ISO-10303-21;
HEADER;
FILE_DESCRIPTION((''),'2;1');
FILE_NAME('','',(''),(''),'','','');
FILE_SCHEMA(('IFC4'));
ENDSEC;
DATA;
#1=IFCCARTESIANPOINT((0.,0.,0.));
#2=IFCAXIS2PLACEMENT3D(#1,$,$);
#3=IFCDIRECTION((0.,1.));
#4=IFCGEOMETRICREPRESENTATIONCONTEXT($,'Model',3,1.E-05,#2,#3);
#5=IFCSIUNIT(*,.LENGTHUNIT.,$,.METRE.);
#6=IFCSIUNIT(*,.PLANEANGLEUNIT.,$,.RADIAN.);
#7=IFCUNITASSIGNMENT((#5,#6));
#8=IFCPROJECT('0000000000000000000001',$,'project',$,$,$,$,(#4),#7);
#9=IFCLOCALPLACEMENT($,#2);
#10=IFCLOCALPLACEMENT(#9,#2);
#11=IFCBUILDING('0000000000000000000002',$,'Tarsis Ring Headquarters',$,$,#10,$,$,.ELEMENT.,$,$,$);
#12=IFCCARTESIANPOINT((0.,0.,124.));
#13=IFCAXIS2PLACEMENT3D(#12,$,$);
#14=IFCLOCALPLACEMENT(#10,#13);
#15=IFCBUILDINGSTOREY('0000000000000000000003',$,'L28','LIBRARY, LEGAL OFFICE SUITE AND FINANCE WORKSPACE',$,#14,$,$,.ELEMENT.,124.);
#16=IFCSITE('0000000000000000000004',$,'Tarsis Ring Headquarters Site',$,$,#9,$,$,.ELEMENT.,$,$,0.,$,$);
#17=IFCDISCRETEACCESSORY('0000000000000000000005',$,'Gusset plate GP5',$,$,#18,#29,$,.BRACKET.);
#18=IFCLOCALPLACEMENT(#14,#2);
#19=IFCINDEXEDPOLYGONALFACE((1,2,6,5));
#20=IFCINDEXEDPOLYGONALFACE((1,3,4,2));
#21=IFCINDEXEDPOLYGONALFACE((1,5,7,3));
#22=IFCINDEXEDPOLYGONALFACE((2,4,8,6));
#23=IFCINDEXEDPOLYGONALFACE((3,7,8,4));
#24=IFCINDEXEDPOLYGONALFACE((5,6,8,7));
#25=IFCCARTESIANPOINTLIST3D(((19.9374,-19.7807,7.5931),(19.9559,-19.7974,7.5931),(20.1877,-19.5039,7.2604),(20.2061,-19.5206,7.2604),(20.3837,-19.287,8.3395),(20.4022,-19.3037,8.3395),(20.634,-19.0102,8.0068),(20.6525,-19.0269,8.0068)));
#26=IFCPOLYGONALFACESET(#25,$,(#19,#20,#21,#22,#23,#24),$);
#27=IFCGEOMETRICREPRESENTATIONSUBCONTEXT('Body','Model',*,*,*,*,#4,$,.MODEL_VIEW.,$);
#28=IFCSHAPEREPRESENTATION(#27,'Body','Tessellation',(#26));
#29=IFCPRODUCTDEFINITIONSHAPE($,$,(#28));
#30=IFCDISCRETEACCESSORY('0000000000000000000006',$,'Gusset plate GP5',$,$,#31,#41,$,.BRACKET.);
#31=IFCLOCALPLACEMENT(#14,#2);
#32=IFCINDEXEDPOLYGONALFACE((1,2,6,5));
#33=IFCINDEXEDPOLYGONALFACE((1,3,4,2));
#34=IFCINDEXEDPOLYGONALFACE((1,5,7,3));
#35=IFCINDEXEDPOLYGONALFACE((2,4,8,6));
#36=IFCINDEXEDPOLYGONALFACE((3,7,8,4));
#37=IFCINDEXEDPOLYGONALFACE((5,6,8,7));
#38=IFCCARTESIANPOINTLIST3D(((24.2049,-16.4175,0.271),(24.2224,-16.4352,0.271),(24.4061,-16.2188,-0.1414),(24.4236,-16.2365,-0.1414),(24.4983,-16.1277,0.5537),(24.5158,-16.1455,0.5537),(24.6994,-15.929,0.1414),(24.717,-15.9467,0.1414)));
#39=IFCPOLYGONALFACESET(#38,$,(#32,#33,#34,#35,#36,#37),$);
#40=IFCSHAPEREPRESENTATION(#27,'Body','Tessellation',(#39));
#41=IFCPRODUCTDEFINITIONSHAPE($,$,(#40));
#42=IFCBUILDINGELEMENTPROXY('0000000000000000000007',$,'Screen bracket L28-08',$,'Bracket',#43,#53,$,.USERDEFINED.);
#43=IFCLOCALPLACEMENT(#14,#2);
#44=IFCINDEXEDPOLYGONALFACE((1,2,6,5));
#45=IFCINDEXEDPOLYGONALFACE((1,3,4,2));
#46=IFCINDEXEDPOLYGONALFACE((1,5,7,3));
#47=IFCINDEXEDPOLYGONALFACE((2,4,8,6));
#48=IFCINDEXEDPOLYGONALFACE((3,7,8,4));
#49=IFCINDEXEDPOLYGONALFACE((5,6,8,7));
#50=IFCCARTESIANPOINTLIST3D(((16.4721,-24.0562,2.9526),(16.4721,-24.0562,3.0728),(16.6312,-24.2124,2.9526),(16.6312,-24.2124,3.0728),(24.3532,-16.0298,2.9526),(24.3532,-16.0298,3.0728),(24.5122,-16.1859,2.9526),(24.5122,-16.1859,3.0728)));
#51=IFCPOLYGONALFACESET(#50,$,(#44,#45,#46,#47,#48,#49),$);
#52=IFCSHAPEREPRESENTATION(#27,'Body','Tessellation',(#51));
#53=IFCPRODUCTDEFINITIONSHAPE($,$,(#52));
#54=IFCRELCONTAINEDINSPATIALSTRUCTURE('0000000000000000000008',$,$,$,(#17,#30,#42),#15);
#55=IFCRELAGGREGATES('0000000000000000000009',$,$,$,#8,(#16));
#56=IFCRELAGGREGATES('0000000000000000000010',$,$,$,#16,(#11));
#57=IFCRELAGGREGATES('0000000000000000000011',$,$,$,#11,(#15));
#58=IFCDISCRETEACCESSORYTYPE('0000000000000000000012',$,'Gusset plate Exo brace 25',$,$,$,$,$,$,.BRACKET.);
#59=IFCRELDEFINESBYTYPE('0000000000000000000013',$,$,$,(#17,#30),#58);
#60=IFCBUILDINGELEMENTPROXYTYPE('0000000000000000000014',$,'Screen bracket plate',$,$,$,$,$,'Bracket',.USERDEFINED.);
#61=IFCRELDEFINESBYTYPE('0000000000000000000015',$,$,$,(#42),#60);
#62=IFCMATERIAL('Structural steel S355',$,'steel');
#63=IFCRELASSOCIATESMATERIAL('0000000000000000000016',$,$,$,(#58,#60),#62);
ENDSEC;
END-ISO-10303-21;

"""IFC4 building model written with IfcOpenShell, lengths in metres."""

from ifc_helpers import new_model, si_unit, direction, frame, origin, origin_2d, place, context, subcontext, project, spatial, rectangle, extrude, material, material_profile, profile_set, type_object, element, save


model = new_model("IFC4")

# Units and contexts
model_context = context("Model", 3, precision=1e-05, world=origin(), true_north=direction((0.0, 1.0)))
body_context = subcontext(model_context, "Body", "Model", "MODEL_VIEW")
ifc_project = project(units=[si_unit("LENGTHUNIT", "METRE"), si_unit("PLANEANGLEUNIT", "RADIAN")], contexts=[model_context])

# Site, building, storey
site_placement = place(None, origin())
site = spatial("IfcSite", under=ifc_project, at=site_placement, Name="Tarsis Ring Headquarters Site", CompositionType="ELEMENT", RefElevation=0.0)
building_placement = place(site_placement, origin())
building = spatial("IfcBuilding", under=site, at=building_placement, Name="Tarsis Ring Headquarters", CompositionType="ELEMENT")
storey_placement = place(building_placement, frame((0.0, 0.0, 124.0)))
storey = spatial("IfcBuildingStorey", under=building, at=storey_placement, Name="L28", Description="LIBRARY, LEGAL OFFICE SUITE AND FINANCE WORKSPACE", CompositionType="ELEMENT", Elevation=124.0)

# Shared definitions
ifc_material_1 = material(Name="Structural steel S355", Category="steel")

# Discrete accessories
ifc_material_profile_1 = material_profile(ifc_material_1, rectangle(XDim=0.0249, YDim=0.5, at=origin_2d()), Name="PL 25x500")
ifc_profile_set_1 = profile_set([ifc_material_profile_1], Name="Structural steel S355")
discrete_accessory_type = type_object("IfcDiscreteAccessoryType", Name="Gusset plate Exo brace 25", PredefinedType="BRACKET", material=ifc_profile_set_1)
discrete_accessory_1_placement = place(storey_placement, frame((20.0718, -19.6506, 7.4268), z_axis=(0.446314, 0.49368, 0.74638), x_axis=(-0.741796, 0.670625, 0.0)))
element("IfcDiscreteAccessory", 1, at=discrete_accessory_1_placement, inside=storey, type_object=discrete_accessory_type, Name="Gusset plate GP5", PredefinedType="BRACKET", context=body_context, shape_type="SweptSolid", body=[
    extrude(rectangle(XDim=0.0249, YDim=0.5, at=origin_2d()), origin(), (0.0, 0.0, 1.0), 1.0),
])
discrete_accessory_2_placement = place(storey_placement, frame((24.5615, -16.0828, 0.0), z_axis=(-0.402344, -0.397461, 0.824708), x_axis=(0.702777, -0.71141, 0.0)))
element("IfcDiscreteAccessory", 2, at=discrete_accessory_2_placement, inside=storey, type_object=discrete_accessory_type, Name="Gusset plate GP5", PredefinedType="BRACKET", context=body_context, shape_type="SweptSolid", body=[
    extrude(rectangle(XDim=0.0249, YDim=0.5, at=origin_2d()), origin(), (0.0, 0.0, 1.0), 0.5),
])

# Building element proxy
building_element_proxy_type = type_object("IfcBuildingElementProxyType", Name="Screen bracket plate", ElementType="Bracket", PredefinedType="USERDEFINED", material=ifc_material_1)
proxy_placement = place(storey_placement, frame((20.4922, -20.1211, 2.9526), z_axis=(0.0, 0.0, 1.0), x_axis=(0.700613, 0.713541, 0.0)))
element("IfcBuildingElementProxy", 3, at=proxy_placement, inside=storey, type_object=building_element_proxy_type, Name="Screen bracket L28-08", ObjectType="Bracket", PredefinedType="USERDEFINED", context=body_context, shape_type="SweptSolid", body=[
    extrude(rectangle(XDim=11.2488, YDim=0.2229, at=origin_2d()), origin(), (0.0, 0.0, 1.0), 0.1201),
])

save(model, "model.ifc")
